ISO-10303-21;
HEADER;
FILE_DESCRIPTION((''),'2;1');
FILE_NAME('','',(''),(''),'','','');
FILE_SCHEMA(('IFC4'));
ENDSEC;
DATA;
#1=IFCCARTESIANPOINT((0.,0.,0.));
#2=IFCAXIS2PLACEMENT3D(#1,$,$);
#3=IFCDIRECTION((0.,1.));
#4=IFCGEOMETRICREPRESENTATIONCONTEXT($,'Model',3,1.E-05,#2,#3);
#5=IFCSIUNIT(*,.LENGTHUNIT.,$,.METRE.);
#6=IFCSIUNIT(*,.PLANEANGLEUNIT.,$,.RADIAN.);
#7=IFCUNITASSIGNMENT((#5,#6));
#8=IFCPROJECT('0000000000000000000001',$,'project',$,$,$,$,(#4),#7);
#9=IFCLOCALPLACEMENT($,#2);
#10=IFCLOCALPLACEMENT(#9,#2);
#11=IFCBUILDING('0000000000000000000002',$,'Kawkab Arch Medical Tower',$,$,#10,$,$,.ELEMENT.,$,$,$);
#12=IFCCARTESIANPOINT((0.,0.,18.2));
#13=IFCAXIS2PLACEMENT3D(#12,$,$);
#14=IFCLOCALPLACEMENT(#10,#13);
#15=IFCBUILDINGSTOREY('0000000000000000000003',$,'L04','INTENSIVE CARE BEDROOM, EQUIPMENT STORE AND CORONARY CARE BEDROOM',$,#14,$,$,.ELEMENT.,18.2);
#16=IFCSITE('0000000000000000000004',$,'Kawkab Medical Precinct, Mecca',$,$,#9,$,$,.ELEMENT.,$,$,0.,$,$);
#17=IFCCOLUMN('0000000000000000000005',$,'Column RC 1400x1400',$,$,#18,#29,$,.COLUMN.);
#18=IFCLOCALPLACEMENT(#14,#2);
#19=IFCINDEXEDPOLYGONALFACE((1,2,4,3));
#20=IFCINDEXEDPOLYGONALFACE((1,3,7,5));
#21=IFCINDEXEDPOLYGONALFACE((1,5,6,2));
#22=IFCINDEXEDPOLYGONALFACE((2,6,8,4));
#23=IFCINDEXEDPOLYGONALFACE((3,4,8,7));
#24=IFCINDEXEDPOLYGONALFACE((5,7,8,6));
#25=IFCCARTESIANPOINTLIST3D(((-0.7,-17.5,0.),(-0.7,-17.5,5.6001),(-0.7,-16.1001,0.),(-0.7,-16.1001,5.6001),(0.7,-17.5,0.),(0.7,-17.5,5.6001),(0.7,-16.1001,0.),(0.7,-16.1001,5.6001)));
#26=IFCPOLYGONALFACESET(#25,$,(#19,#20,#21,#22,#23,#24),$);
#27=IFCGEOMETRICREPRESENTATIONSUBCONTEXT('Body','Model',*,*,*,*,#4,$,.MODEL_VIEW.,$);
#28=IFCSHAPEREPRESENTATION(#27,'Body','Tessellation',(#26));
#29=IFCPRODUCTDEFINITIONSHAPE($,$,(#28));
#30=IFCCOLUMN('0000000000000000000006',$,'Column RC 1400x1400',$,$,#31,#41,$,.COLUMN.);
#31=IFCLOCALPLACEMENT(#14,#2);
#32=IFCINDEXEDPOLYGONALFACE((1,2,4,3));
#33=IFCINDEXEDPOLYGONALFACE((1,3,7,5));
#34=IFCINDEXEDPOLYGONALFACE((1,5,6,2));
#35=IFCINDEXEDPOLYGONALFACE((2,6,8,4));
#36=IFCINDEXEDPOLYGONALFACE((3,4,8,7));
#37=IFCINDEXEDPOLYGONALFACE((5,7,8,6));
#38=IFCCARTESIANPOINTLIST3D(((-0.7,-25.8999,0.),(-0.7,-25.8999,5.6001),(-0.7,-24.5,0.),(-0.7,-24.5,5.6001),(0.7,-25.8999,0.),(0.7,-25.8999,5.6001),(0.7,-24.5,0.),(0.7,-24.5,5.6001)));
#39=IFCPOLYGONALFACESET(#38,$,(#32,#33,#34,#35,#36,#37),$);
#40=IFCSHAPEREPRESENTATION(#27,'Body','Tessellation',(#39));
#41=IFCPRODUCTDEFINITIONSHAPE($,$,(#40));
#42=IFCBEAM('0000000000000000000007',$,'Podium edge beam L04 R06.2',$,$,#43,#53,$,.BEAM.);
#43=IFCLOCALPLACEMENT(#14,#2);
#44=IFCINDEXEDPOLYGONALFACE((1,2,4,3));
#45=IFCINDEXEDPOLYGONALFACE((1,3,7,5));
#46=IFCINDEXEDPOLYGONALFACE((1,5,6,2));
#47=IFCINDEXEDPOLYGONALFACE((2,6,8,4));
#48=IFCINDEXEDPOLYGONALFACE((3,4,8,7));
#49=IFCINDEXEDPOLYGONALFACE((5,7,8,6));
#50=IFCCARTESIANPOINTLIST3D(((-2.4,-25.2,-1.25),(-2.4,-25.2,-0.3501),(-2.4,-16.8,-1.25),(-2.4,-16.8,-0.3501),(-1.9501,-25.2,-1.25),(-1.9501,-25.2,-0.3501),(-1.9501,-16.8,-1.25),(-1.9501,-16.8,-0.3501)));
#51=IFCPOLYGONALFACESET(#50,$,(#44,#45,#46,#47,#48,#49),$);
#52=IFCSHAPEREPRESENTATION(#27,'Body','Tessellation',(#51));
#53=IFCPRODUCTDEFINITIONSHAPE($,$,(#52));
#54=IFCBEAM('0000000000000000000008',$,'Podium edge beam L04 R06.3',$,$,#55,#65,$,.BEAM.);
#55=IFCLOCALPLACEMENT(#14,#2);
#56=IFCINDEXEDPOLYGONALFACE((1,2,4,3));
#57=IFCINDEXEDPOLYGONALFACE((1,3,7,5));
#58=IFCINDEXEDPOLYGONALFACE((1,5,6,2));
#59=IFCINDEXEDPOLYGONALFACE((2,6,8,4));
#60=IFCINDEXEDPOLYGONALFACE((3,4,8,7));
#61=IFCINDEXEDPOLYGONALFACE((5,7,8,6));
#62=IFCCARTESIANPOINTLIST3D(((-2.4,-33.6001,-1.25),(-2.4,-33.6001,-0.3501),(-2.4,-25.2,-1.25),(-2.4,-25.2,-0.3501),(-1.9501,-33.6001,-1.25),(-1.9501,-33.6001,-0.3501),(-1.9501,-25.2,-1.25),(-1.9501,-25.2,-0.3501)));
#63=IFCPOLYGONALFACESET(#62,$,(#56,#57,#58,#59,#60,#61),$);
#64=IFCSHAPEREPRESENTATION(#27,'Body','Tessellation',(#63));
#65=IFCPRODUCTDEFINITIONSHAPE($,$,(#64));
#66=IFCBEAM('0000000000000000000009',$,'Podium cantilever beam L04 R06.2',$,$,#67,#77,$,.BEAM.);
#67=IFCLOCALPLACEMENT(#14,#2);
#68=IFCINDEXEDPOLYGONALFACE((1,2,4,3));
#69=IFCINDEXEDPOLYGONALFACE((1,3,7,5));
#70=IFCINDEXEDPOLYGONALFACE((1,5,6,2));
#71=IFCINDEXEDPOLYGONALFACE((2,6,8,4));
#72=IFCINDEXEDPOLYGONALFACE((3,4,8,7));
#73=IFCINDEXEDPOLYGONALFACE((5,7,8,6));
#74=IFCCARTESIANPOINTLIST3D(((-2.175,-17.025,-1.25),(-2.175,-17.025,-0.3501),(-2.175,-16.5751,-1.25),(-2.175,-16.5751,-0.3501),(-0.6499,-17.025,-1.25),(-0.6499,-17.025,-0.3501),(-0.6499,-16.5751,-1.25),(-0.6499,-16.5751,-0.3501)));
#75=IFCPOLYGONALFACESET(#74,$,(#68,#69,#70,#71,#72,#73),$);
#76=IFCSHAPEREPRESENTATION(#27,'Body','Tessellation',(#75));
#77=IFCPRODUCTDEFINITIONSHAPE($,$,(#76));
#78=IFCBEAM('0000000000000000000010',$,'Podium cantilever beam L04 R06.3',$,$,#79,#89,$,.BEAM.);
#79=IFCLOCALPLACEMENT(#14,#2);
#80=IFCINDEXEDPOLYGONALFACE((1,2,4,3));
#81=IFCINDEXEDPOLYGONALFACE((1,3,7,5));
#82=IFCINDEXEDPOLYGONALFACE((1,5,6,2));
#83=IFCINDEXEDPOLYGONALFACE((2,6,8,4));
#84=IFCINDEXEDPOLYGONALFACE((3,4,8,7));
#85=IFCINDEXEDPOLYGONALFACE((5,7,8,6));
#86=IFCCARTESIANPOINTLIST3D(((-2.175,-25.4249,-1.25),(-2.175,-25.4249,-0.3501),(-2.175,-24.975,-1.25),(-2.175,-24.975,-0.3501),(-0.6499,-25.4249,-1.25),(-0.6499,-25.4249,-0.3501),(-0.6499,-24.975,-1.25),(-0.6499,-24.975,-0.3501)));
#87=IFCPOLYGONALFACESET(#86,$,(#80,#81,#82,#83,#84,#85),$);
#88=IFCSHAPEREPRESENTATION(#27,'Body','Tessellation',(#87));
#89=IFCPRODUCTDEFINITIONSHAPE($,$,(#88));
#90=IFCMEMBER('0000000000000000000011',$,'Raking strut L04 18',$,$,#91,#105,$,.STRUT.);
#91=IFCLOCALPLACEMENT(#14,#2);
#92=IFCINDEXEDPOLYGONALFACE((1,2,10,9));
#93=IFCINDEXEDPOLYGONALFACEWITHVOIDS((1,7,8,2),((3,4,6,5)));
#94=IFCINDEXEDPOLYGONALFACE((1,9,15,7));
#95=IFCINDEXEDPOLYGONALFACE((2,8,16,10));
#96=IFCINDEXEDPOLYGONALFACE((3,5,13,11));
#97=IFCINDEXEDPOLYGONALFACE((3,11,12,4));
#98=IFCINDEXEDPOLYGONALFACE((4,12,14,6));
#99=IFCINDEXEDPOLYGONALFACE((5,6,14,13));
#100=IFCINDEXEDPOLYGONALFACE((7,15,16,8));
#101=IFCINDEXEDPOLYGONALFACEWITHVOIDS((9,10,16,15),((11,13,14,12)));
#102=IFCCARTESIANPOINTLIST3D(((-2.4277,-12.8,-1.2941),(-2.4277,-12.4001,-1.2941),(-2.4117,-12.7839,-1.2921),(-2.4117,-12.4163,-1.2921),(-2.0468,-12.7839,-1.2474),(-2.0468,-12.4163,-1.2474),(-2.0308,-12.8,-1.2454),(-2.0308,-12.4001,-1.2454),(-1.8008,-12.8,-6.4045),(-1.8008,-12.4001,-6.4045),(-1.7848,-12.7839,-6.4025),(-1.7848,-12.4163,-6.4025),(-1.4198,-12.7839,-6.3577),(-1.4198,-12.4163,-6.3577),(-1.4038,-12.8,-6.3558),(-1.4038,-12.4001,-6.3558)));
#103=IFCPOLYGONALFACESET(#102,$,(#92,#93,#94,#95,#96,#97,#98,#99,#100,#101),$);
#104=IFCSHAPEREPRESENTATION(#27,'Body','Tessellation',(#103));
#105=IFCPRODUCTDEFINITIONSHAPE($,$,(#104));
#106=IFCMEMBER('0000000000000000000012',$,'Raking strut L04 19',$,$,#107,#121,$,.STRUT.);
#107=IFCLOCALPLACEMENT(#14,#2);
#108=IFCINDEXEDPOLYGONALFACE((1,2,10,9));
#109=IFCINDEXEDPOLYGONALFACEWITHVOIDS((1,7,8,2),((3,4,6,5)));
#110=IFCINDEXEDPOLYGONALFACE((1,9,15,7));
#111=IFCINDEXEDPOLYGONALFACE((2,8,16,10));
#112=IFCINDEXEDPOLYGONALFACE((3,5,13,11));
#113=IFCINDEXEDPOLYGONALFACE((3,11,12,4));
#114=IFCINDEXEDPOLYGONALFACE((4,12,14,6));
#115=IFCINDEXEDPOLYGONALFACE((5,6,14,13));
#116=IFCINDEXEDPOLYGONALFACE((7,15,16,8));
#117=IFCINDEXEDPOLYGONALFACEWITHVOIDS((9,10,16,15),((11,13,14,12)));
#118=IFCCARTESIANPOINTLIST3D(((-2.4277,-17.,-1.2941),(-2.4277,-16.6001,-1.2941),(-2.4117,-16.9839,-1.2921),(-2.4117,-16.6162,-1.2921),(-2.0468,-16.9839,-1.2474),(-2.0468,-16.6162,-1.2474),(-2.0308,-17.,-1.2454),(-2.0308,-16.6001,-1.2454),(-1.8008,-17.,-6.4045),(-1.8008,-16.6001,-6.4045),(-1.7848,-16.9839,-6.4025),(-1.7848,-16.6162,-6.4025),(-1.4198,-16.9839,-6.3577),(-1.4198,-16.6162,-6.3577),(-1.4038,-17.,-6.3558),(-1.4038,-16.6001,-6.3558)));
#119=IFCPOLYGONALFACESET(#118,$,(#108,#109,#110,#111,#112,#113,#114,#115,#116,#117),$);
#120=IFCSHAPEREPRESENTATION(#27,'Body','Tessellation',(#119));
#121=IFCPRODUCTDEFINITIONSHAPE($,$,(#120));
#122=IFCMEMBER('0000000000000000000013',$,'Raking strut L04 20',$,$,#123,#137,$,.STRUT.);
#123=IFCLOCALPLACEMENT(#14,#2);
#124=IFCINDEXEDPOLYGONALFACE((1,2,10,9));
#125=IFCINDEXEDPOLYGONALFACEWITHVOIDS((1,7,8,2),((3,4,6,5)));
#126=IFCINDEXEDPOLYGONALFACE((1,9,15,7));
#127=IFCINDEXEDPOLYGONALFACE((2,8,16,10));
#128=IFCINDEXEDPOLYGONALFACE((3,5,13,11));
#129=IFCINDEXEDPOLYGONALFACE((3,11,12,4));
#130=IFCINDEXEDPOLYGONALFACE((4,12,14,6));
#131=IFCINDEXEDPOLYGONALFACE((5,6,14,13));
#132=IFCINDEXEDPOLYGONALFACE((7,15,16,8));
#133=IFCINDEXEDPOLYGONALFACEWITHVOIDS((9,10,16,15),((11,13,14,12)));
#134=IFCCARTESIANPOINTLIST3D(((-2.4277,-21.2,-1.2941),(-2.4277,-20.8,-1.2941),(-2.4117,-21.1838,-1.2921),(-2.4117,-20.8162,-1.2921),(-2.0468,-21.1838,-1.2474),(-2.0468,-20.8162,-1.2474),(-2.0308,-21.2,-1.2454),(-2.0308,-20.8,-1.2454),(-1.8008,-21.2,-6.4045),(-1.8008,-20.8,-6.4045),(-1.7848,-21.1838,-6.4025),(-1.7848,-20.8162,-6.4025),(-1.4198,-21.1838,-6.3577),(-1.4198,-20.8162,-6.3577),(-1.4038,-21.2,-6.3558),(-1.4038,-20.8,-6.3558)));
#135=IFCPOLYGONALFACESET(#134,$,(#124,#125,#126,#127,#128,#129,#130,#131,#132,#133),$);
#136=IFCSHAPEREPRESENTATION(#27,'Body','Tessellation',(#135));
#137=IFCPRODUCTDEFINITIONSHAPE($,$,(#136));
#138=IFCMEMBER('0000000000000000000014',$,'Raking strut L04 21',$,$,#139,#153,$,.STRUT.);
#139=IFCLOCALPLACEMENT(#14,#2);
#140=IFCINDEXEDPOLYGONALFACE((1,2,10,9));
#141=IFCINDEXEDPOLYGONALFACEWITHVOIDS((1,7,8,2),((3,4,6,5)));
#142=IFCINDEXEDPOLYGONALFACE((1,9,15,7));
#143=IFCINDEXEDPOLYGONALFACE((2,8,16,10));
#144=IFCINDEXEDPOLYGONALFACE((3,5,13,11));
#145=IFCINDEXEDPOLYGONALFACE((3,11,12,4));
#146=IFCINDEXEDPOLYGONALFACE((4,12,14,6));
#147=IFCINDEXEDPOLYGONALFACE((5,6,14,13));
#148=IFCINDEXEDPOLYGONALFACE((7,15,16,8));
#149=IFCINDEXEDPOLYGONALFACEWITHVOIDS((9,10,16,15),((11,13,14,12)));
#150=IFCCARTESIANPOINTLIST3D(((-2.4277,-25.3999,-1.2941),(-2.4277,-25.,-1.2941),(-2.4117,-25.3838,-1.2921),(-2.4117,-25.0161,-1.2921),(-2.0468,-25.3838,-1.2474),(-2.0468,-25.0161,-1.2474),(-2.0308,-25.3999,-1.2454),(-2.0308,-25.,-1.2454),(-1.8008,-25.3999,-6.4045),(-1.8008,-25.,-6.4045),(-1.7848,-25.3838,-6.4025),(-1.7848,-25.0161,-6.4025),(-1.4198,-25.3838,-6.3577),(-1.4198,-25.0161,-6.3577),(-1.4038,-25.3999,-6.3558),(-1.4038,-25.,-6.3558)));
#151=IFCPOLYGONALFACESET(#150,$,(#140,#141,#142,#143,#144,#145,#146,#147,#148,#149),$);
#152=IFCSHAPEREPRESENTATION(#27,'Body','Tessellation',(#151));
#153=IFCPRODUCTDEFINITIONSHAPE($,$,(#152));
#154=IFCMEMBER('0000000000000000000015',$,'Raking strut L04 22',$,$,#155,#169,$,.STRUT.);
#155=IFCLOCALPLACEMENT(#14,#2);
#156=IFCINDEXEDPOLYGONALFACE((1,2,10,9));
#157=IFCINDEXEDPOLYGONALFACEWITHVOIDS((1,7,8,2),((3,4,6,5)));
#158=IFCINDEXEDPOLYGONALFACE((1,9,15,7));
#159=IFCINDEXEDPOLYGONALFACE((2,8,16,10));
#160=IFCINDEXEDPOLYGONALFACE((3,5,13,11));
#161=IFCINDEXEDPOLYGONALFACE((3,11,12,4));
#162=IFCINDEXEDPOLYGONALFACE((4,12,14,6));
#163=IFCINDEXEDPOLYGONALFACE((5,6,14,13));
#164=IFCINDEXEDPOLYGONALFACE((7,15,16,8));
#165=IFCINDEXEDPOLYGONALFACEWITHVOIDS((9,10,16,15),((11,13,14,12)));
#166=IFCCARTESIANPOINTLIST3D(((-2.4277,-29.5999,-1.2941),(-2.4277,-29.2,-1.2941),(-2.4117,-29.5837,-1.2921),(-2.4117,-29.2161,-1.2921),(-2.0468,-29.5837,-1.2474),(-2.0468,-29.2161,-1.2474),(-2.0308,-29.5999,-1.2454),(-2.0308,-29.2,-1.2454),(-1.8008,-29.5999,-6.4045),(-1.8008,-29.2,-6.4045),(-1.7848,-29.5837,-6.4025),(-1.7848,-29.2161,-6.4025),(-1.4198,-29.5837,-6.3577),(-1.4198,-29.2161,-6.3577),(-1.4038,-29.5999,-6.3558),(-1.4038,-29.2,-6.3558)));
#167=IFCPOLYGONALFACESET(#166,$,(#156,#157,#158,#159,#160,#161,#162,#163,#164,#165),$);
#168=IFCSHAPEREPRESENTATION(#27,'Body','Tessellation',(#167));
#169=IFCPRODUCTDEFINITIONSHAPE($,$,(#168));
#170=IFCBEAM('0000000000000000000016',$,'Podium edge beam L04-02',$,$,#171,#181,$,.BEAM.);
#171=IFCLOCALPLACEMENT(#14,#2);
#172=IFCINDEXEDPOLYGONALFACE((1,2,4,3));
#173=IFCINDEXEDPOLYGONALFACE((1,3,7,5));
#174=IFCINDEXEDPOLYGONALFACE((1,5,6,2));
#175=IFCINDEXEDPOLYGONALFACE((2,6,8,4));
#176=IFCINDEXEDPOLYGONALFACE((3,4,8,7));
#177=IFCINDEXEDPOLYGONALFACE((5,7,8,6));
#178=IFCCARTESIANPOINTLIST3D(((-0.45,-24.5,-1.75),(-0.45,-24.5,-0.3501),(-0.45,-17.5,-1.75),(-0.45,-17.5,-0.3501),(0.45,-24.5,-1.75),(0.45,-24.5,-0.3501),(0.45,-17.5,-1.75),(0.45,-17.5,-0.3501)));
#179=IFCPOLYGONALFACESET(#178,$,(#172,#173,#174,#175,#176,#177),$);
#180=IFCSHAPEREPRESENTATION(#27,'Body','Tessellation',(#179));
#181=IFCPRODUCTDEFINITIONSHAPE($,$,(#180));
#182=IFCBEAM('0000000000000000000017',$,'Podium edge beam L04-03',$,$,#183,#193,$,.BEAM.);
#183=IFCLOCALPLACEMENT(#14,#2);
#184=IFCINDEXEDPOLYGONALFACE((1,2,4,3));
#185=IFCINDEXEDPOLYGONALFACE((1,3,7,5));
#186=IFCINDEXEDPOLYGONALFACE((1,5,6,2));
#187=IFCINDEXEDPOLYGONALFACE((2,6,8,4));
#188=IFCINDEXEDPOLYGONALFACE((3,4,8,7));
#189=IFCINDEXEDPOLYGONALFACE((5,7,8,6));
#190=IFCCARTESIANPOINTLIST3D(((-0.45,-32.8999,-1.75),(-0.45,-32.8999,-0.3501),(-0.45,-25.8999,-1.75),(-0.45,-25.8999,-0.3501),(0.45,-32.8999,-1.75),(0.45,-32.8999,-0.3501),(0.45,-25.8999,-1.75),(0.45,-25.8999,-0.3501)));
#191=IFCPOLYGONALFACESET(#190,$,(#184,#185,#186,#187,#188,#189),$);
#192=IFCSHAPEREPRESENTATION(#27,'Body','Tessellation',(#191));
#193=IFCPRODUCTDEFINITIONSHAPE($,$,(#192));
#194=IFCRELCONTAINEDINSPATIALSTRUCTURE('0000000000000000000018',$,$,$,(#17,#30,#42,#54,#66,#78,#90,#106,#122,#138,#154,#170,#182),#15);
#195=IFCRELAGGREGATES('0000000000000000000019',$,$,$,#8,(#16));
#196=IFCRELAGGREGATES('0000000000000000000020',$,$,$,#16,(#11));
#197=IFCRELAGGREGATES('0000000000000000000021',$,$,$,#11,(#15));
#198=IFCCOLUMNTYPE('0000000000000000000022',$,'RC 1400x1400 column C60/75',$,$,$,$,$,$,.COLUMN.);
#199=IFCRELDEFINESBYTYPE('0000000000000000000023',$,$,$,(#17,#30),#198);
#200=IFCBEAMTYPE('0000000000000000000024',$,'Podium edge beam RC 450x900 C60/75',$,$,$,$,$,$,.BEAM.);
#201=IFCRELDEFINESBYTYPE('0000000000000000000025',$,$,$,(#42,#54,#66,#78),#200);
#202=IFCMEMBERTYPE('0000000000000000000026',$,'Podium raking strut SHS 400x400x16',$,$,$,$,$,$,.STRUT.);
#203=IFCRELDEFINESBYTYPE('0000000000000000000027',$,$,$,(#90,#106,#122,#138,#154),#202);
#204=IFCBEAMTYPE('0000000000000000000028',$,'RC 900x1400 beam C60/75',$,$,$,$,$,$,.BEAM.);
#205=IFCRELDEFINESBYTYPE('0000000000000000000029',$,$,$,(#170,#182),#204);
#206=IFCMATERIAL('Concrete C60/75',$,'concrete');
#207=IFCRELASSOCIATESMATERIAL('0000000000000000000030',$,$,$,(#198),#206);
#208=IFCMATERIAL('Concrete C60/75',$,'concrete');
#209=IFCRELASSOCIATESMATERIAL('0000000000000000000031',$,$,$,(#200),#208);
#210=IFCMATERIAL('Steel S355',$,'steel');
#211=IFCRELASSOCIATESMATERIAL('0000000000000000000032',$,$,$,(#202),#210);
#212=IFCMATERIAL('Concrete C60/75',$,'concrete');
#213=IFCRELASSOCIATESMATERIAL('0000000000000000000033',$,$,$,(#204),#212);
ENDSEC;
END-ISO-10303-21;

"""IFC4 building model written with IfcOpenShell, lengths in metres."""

from ifc_helpers import new_model, si_unit, direction, frame, origin, origin_2d, place, context, subcontext, project, spatial, rectangle, hollow_rectangle, extrude, material, material_profile, profile_set, type_object, element, save


model = new_model("IFC4")

# Units and contexts
model_context = context("Model", 3, precision=1e-05, world=origin(), true_north=direction((0.0, 1.0)))
body_context = subcontext(model_context, "Body", "Model", "MODEL_VIEW")
ifc_project = project(units=[si_unit("LENGTHUNIT", "METRE"), si_unit("PLANEANGLEUNIT", "RADIAN")], contexts=[model_context])

# Site, building, storey
site_placement = place(None, origin())
site = spatial("IfcSite", under=ifc_project, at=site_placement, Name="Kawkab Medical Precinct, Mecca", CompositionType="ELEMENT", RefElevation=0.0)
building_placement = place(site_placement, origin())
building = spatial("IfcBuilding", under=site, at=building_placement, Name="Kawkab Arch Medical Tower", CompositionType="ELEMENT")
storey_placement = place(building_placement, frame((0.0, 0.0, 18.2)))
storey = spatial("IfcBuildingStorey", under=building, at=storey_placement, Name="L04", Description="INTENSIVE CARE BEDROOM, EQUIPMENT STORE AND CORONARY CARE BEDROOM", CompositionType="ELEMENT", Elevation=18.2)

# Columns
ifc_material_1 = material(Name="Concrete C60/75", Category="concrete")
ifc_material_profile_1 = material_profile(ifc_material_1, rectangle(XDim=1.3999, YDim=1.3999, at=origin_2d()), Name="RC 1400x1400")
ifc_profile_set_1 = profile_set([ifc_material_profile_1], Name="Concrete C60/75")
column_type = type_object("IfcColumnType", Name="RC 1400x1400 column C60/75", PredefinedType="COLUMN", material=ifc_profile_set_1)
for number, where, z_axis, x_axis, name in (
    (1, (0.0, -16.8, 0.0), (0.0, 0.0, 1.0), (1.0, 0.0, 0.0), "Column RC 1400x1400"),
    (2, (0.0, -25.2, 0.0), (0.0, 0.0, 1.0), (1.0, 0.0, 0.0), "Column RC 1400x1400"),
):
    element("IfcColumn", number, at=place(storey_placement, frame(where, z_axis=z_axis, x_axis=x_axis)), inside=storey, type_object=column_type, Name=name, PredefinedType="COLUMN", context=body_context, shape_type="SweptSolid", body=[
        extrude(rectangle(XDim=1.3999, YDim=1.3999, at=origin_2d()), origin(), (0.0, 0.0, 1.0), 5.6001),
    ])

# Beams
ifc_material_2 = material(Name="Concrete C60/75", Category="concrete")
ifc_material_profile_2 = material_profile(ifc_material_2, rectangle(XDim=0.45, YDim=0.8999, at=origin_2d()), Name="RC 450x900")
ifc_profile_set_2 = profile_set([ifc_material_profile_2], Name="Concrete C60/75")
beam_type_1 = type_object("IfcBeamType", Name="Podium edge beam RC 450x900 C60/75", PredefinedType="BEAM", material=ifc_profile_set_2)
beam_1_placement = place(storey_placement, frame((-2.175, -16.8, -0.8), z_axis=(0.0, -1.0, 0.0), x_axis=(1.0, 0.0, 0.0)))
element("IfcBeam", 3, at=beam_1_placement, inside=storey, type_object=beam_type_1, Name="Podium edge beam L04 R06.2", PredefinedType="BEAM", context=body_context, shape_type="SweptSolid", body=[
    extrude(rectangle(XDim=0.45, YDim=0.8999, at=origin_2d()), origin(), (0.0, 0.0, 1.0), 8.3999),
])
beam_2_placement = place(storey_placement, frame((-2.175, -25.2, -0.8), z_axis=(0.0, -1.0, 0.0), x_axis=(1.0, 0.0, 0.0)))
element("IfcBeam", 4, at=beam_2_placement, inside=storey, type_object=beam_type_1, Name="Podium edge beam L04 R06.3", PredefinedType="BEAM", context=body_context, shape_type="SweptSolid", body=[
    extrude(rectangle(XDim=0.45, YDim=0.8999, at=origin_2d()), origin(), (0.0, 0.0, 1.0), 8.4001),
])
for number, where, z_axis, x_axis, name in (
    (5, (-0.6499, -16.8, -0.8), (-1.0, 0.0, 0.0), (0.0, -1.0, 0.0), "Podium cantilever beam L04 R06.2"),
    (6, (-0.6499, -25.2, -0.8), (-1.0, 0.0, 0.0), (0.0, -1.0, 0.0), "Podium cantilever beam L04 R06.3"),
):
    element("IfcBeam", number, at=place(storey_placement, frame(where, z_axis=z_axis, x_axis=x_axis)), inside=storey, type_object=beam_type_1, Name=name, PredefinedType="BEAM", context=body_context, shape_type="SweptSolid", body=[
        extrude(rectangle(XDim=0.45, YDim=0.8999, at=origin_2d()), origin(), (0.0, 0.0, 1.0), 1.5251),
    ])

# Members
ifc_material_3 = material(Name="Steel S355", Category="steel")
ifc_material_profile_3 = material_profile(ifc_material_3, hollow_rectangle(XDim=0.3999, YDim=0.3999, WallThickness=0.0161, at=origin_2d()), Name="SHS 400x400x16")
ifc_profile_set_3 = profile_set([ifc_material_profile_3], Name="Steel S355")
member_type = type_object("IfcMemberType", Name="Podium raking strut SHS 400x400x16", PredefinedType="STRUT", material=ifc_profile_set_3)
for number, where, z_axis, x_axis, name in (
    (7, (-1.6023, -12.6001, -6.3801), (-0.12177, 0.0, 0.992558), (0.0, -1.0, 0.0), "Raking strut L04 18"),
    (8, (-1.6023, -16.8, -6.3801), (-0.12177, 0.0, 0.992558), (0.0, -1.0, 0.0), "Raking strut L04 19"),
    (9, (-1.6023, -21.0, -6.3801), (-0.12177, 0.0, 0.992558), (0.0, -1.0, 0.0), "Raking strut L04 20"),
    (10, (-1.6023, -25.2, -6.3801), (-0.12177, 0.0, 0.992558), (0.0, -1.0, 0.0), "Raking strut L04 21"),
    (11, (-1.6023, -29.3999, -6.3801), (-0.12177, 0.0, 0.992558), (0.0, -1.0, 0.0), "Raking strut L04 22"),
):
    element("IfcMember", number, at=place(storey_placement, frame(where, z_axis=z_axis, x_axis=x_axis)), inside=storey, type_object=member_type, Name=name, PredefinedType="STRUT", context=body_context, shape_type="SweptSolid", body=[
        extrude(hollow_rectangle(XDim=0.3999, YDim=0.3999, WallThickness=0.0161, at=origin_2d()), origin(), (0.0, 0.0, 1.0), 5.1487),
    ])

# Beams
ifc_material_4 = material(Name="Concrete C60/75", Category="concrete")
ifc_material_profile_4 = material_profile(ifc_material_4, rectangle(XDim=0.8999, YDim=1.3999, at=origin_2d()), Name="RC 900x1400")
ifc_profile_set_4 = profile_set([ifc_material_profile_4], Name="Concrete C60/75")
beam_type_2 = type_object("IfcBeamType", Name="RC 900x1400 beam C60/75", PredefinedType="BEAM", material=ifc_profile_set_4)
for number, where, z_axis, x_axis, name in (
    (12, (0.0, -17.5, -1.05), (0.0, -1.0, 0.0), (1.0, 0.0, 0.0), "Podium edge beam L04-02"),
    (13, (0.0, -25.8999, -1.05), (0.0, -1.0, 0.0), (1.0, 0.0, 0.0), "Podium edge beam L04-03"),
):
    element("IfcBeam", number, at=place(storey_placement, frame(where, z_axis=z_axis, x_axis=x_axis)), inside=storey, type_object=beam_type_2, Name=name, PredefinedType="BEAM", context=body_context, shape_type="SweptSolid", body=[
        extrude(rectangle(XDim=0.8999, YDim=1.3999, at=origin_2d()), origin(), (0.0, 0.0, 1.0), 7.0),
    ])

save(model, "model.ifc")
